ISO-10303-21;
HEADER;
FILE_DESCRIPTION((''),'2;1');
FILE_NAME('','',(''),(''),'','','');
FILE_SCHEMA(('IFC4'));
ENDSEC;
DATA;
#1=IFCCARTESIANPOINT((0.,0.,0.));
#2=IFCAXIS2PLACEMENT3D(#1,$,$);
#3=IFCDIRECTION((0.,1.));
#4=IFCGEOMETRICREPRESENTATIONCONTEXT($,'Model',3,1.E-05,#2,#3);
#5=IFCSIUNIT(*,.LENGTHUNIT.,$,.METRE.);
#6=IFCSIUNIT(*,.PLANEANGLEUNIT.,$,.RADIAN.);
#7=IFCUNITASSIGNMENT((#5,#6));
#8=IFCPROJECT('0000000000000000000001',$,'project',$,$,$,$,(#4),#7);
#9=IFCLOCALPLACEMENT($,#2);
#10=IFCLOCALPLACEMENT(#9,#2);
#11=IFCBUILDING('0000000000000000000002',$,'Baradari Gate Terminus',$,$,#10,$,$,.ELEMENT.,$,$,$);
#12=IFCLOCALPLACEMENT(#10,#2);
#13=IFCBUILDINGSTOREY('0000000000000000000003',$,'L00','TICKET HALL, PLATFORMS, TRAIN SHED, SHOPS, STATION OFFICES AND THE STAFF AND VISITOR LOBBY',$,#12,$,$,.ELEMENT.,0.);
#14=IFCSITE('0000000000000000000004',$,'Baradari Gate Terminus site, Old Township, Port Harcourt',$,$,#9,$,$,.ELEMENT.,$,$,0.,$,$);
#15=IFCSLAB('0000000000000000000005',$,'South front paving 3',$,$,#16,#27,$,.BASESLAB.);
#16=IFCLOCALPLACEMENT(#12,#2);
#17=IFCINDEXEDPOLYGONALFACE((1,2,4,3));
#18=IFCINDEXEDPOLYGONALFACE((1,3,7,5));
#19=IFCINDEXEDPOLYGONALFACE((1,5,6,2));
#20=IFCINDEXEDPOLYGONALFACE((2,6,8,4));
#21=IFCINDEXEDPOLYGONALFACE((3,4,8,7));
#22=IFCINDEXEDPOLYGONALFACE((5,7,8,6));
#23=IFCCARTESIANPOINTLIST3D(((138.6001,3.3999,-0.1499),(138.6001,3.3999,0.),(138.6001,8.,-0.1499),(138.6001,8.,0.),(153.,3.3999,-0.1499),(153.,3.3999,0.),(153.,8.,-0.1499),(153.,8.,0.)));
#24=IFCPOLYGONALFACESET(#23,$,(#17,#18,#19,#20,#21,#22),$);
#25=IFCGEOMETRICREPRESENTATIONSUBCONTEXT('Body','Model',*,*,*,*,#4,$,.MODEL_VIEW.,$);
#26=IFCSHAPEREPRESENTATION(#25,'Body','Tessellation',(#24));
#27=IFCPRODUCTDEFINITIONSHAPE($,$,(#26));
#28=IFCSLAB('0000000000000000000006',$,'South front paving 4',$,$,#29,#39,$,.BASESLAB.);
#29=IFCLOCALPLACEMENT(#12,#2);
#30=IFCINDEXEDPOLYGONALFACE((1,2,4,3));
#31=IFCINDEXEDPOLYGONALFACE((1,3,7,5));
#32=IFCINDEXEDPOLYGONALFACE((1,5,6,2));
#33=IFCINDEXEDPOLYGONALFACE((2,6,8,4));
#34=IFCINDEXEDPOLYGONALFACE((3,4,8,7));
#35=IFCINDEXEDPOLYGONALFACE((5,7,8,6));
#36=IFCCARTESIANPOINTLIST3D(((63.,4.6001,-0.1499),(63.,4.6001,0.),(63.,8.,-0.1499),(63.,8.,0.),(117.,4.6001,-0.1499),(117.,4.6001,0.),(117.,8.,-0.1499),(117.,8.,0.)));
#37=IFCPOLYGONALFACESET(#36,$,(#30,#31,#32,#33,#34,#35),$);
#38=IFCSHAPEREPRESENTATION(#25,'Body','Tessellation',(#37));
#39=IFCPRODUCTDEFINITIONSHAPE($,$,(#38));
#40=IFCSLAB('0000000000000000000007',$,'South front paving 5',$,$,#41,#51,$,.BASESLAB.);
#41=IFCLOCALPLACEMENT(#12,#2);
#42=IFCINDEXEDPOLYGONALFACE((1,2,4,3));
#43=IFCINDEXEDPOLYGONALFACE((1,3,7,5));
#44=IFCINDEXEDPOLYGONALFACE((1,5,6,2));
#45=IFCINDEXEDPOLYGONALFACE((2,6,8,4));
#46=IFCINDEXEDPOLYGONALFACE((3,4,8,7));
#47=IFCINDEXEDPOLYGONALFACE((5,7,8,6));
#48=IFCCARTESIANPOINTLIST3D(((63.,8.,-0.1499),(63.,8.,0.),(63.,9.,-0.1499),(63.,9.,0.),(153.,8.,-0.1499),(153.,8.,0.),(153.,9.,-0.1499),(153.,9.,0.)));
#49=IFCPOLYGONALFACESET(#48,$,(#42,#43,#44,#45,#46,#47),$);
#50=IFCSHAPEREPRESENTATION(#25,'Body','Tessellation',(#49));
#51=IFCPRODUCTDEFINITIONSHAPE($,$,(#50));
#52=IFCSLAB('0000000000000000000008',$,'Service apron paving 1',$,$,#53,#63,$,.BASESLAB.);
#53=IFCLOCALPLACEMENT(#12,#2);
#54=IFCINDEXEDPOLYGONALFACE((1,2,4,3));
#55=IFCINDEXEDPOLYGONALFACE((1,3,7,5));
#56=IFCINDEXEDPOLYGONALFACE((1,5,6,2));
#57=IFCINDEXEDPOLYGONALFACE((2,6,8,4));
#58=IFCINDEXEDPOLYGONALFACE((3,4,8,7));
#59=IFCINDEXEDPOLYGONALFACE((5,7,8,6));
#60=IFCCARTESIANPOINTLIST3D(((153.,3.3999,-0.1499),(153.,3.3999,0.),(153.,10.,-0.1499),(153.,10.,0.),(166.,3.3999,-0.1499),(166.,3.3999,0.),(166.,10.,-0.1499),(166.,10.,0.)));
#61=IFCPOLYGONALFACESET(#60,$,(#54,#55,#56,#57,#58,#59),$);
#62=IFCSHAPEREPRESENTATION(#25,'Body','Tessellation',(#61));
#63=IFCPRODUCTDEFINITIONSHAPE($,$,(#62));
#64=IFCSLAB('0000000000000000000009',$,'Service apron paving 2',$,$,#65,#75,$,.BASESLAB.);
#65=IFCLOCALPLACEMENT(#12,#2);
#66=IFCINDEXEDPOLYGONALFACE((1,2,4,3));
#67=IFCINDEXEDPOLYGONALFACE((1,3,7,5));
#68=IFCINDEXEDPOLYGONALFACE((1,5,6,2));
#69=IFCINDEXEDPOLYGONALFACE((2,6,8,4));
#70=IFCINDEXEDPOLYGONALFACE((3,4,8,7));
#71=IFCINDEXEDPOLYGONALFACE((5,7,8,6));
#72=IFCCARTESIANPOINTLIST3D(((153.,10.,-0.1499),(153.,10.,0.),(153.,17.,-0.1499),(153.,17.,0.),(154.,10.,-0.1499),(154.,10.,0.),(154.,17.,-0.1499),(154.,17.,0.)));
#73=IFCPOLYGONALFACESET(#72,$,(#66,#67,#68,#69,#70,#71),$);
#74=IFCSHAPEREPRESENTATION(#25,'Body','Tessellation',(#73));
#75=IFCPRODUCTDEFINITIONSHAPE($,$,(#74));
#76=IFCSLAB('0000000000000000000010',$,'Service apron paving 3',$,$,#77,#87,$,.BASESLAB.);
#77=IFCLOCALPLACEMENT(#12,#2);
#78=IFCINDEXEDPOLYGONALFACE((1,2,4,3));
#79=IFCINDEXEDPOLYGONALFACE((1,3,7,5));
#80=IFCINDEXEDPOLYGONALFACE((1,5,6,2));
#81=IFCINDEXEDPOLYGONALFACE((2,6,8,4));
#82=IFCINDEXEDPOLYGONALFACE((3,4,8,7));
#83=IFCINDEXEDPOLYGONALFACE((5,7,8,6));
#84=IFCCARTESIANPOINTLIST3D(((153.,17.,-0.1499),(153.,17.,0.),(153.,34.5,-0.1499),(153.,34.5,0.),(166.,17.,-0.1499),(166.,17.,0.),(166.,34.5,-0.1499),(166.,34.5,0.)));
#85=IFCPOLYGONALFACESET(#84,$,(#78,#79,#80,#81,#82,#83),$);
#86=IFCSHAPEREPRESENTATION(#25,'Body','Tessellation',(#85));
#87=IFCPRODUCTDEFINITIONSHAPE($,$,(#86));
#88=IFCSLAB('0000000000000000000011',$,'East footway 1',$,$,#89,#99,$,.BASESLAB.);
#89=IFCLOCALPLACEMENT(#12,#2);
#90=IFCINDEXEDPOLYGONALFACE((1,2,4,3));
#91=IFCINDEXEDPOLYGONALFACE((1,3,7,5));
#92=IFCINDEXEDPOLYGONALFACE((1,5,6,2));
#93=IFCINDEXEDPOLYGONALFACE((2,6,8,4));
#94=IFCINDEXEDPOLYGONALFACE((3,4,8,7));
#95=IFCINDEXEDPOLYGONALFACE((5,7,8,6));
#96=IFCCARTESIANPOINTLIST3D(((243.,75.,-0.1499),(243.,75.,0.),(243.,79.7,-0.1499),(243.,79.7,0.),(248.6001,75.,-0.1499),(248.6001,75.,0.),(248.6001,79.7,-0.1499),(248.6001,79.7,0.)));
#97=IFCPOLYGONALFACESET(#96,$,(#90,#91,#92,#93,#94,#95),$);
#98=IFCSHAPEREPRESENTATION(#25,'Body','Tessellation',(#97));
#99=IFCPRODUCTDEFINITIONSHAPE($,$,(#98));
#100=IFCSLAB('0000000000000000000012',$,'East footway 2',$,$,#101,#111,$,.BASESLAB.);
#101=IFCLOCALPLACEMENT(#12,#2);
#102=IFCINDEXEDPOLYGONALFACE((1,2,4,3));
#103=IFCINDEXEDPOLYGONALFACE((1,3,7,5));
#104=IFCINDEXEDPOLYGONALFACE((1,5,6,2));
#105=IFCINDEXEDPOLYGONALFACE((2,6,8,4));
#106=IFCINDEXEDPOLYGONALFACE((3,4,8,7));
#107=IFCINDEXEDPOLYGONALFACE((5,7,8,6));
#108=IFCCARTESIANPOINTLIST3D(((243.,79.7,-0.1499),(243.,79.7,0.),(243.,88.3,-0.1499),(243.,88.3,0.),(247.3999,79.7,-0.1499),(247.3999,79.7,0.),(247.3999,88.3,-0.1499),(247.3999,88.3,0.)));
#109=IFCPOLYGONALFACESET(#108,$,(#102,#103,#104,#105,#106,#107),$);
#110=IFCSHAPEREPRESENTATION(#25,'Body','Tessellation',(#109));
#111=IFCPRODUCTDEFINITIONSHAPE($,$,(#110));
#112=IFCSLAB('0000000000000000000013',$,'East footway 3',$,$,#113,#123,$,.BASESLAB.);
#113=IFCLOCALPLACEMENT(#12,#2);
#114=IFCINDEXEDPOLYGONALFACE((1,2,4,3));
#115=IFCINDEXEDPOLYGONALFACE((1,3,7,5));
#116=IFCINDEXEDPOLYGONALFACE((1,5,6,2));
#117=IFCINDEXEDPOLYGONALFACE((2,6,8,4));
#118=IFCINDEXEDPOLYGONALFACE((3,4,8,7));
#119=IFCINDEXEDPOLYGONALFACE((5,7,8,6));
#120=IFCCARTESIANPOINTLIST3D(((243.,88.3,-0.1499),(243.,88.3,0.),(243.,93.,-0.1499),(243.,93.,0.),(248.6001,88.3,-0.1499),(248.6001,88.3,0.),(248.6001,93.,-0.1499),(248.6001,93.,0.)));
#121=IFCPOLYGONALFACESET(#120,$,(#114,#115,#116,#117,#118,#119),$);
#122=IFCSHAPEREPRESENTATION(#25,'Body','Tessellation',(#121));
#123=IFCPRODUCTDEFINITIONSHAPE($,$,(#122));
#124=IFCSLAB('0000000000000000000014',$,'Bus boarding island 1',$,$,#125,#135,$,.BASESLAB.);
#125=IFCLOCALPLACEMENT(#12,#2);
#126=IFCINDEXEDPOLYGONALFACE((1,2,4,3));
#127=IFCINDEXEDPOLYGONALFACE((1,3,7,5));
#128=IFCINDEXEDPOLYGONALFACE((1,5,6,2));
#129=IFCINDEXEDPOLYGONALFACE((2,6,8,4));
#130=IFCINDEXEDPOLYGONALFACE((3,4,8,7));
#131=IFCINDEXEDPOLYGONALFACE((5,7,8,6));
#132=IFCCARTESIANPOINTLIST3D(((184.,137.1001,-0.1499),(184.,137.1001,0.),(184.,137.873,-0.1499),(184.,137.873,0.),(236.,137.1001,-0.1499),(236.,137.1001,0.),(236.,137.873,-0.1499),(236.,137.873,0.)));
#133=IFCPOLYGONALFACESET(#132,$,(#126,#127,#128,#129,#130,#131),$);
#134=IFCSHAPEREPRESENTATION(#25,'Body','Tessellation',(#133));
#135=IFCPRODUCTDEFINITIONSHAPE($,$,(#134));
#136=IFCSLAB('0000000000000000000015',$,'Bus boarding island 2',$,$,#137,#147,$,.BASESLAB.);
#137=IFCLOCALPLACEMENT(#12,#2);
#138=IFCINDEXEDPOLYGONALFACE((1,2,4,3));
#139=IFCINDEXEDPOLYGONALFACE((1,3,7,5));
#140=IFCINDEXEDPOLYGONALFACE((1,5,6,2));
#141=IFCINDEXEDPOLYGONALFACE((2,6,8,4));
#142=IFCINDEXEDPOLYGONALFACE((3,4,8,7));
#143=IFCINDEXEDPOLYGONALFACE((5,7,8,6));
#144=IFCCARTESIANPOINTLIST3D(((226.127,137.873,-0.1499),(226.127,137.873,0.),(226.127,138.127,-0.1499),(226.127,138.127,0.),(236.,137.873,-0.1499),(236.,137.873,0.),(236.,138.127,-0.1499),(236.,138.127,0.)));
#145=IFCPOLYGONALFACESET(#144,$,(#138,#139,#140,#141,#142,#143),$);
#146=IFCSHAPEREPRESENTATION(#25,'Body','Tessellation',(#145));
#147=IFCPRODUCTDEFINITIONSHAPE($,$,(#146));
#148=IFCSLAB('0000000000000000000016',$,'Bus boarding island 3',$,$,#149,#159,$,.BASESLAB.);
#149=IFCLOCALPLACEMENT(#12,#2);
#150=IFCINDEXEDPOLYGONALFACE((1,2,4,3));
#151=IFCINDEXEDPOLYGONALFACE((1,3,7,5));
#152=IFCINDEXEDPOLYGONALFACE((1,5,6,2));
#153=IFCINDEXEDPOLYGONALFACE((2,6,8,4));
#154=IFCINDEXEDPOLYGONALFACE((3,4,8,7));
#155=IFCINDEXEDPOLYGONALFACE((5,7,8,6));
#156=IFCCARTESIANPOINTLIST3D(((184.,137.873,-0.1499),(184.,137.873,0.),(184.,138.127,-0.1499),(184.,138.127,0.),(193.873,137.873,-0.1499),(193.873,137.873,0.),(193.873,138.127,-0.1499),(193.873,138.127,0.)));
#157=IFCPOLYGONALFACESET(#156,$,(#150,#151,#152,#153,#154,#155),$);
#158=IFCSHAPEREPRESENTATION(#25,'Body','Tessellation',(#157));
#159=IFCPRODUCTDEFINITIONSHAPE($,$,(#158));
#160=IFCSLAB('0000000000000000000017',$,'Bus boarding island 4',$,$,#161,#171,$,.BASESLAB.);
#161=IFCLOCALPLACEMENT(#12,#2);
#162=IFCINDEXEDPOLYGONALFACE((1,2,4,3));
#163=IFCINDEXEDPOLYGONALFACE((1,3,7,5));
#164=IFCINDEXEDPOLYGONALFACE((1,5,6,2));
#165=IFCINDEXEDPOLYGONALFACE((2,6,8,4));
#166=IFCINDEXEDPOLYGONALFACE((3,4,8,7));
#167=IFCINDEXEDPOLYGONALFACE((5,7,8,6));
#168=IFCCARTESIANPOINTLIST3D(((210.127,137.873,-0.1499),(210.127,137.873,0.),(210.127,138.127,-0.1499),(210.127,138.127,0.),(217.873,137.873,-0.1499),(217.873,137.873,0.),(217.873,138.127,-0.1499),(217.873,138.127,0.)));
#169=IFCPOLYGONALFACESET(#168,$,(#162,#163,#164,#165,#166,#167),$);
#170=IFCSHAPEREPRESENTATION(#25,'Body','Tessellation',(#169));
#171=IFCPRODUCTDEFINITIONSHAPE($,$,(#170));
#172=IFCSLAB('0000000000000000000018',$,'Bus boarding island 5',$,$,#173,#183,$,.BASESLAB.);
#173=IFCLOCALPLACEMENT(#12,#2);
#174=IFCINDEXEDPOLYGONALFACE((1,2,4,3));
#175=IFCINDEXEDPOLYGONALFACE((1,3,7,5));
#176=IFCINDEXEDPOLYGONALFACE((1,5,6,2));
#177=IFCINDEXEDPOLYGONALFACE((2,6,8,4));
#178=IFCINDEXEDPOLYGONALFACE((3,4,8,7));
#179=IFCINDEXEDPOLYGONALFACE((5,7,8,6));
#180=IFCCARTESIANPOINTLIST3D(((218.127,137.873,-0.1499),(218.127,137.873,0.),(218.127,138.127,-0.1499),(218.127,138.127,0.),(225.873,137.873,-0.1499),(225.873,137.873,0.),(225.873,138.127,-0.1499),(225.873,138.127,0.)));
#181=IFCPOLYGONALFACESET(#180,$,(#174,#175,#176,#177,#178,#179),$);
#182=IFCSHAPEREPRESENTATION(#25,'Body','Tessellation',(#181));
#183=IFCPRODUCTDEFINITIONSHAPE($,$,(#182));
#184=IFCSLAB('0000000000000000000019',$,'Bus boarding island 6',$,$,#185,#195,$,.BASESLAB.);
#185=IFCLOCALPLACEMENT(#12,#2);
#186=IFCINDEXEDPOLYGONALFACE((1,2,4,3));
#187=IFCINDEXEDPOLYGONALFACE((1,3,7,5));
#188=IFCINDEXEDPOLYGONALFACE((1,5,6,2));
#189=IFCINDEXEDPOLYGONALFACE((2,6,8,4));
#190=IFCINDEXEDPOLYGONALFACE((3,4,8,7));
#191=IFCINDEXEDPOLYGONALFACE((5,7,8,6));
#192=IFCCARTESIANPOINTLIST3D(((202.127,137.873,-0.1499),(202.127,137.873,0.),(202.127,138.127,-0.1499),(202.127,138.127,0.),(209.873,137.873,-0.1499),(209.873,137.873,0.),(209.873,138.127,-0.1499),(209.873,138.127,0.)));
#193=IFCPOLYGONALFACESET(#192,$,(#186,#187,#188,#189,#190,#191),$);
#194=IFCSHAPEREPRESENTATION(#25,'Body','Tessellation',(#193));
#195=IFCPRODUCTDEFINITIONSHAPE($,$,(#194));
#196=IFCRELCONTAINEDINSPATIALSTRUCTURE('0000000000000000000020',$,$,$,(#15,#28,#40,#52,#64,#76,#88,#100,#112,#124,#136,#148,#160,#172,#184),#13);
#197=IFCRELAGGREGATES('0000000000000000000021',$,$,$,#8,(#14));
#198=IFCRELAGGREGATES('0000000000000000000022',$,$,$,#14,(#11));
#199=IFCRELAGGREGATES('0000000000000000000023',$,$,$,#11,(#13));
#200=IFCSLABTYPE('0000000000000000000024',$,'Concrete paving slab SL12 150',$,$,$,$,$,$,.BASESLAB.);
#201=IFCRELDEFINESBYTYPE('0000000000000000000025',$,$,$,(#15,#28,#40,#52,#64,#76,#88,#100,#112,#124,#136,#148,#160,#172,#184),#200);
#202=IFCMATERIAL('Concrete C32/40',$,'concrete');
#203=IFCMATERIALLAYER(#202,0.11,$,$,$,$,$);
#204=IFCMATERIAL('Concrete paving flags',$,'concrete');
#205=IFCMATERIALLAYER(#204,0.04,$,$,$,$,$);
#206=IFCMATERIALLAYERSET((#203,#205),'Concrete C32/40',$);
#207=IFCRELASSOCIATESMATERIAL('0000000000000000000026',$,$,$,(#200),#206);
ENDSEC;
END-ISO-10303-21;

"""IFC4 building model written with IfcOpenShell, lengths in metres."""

from ifc_helpers import new_model, si_unit, direction, frame, origin, place, context, subcontext, project, spatial, polyline, outline, extrude, material, layer, layer_set, type_object, element, save


model = new_model("IFC4")

# Units and contexts
model_context = context("Model", 3, precision=1e-05, world=origin(), true_north=direction((0.0, 1.0)))
body_context = subcontext(model_context, "Body", "Model", "MODEL_VIEW")
ifc_project = project(units=[si_unit("LENGTHUNIT", "METRE"), si_unit("PLANEANGLEUNIT", "RADIAN")], contexts=[model_context])

# Site, building, storey
site_placement = place(None, origin())
site = spatial("IfcSite", under=ifc_project, at=site_placement, Name="Baradari Gate Terminus site, Old Township, Port Harcourt", CompositionType="ELEMENT", RefElevation=0.0)
building_placement = place(site_placement, origin())
building = spatial("IfcBuilding", under=site, at=building_placement, Name="Baradari Gate Terminus", CompositionType="ELEMENT")
storey_placement = place(building_placement, origin())
storey = spatial("IfcBuildingStorey", under=building, at=storey_placement, Name="L00", Description="TICKET HALL, PLATFORMS, TRAIN SHED, SHOPS, STATION OFFICES AND THE STAFF AND VISITOR LOBBY", CompositionType="ELEMENT", Elevation=0.0)

# Slabs
ifc_material_1 = material(Name="Concrete C32/40", Category="concrete")
ifc_layer_1 = layer(ifc_material_1, 0.11)
ifc_material_2 = material(Name="Concrete paving flags", Category="concrete")
ifc_layer_2 = layer(ifc_material_2, 0.04)
ifc_layer_set = layer_set([ifc_layer_1, ifc_layer_2], Name="Concrete C32/40")
slab_type = type_object("IfcSlabType", Name="Concrete paving slab SL12 150", PredefinedType="BASESLAB", material=ifc_layer_set)
slab_1_placement = place(storey_placement, frame((0.0, 0.0, -0.1499)))
element("IfcSlab", 1, at=slab_1_placement, inside=storey, type_object=slab_type, Name="South front paving 3", PredefinedType="BASESLAB", context=body_context, shape_type="SweptSolid", body=[
    extrude(outline(polyline([(153.0, 3.3999), (153.0, 8.0), (138.6001, 8.0), (138.6001, 3.3999), (153.0, 3.3999)])), origin(), (0.0, 0.0, 1.0), 0.1499),
])
slab_2_placement = place(storey_placement, frame((0.0, 0.0, -0.1499)))
element("IfcSlab", 2, at=slab_2_placement, inside=storey, type_object=slab_type, Name="South front paving 4", PredefinedType="BASESLAB", context=body_context, shape_type="SweptSolid", body=[
    extrude(outline(polyline([(117.0, 4.6001), (117.0, 8.0), (63.0, 8.0), (63.0, 4.6001), (117.0, 4.6001)])), origin(), (0.0, 0.0, 1.0), 0.1499),
])
slab_3_placement = place(storey_placement, frame((0.0, 0.0, -0.1499)))
element("IfcSlab", 3, at=slab_3_placement, inside=storey, type_object=slab_type, Name="South front paving 5", PredefinedType="BASESLAB", context=body_context, shape_type="SweptSolid", body=[
    extrude(outline(polyline([(153.0, 8.0), (153.0, 9.0), (63.0, 9.0), (63.0, 8.0), (153.0, 8.0)])), origin(), (0.0, 0.0, 1.0), 0.1499),
])
slab_4_placement = place(storey_placement, frame((0.0, 0.0, -0.1499)))
element("IfcSlab", 4, at=slab_4_placement, inside=storey, type_object=slab_type, Name="Service apron paving 1", PredefinedType="BASESLAB", context=body_context, shape_type="SweptSolid", body=[
    extrude(outline(polyline([(166.0, 3.3999), (166.0, 10.0), (153.0, 10.0), (153.0, 3.3999), (166.0, 3.3999)])), origin(), (0.0, 0.0, 1.0), 0.1499),
])
slab_5_placement = place(storey_placement, frame((0.0, 0.0, -0.1499)))
element("IfcSlab", 5, at=slab_5_placement, inside=storey, type_object=slab_type, Name="Service apron paving 2", PredefinedType="BASESLAB", context=body_context, shape_type="SweptSolid", body=[
    extrude(outline(polyline([(154.0, 10.0), (154.0, 17.0), (153.0, 17.0), (153.0, 10.0), (154.0, 10.0)])), origin(), (0.0, 0.0, 1.0), 0.1499),
])
slab_6_placement = place(storey_placement, frame((0.0, 0.0, -0.1499)))
element("IfcSlab", 6, at=slab_6_placement, inside=storey, type_object=slab_type, Name="Service apron paving 3", PredefinedType="BASESLAB", context=body_context, shape_type="SweptSolid", body=[
    extrude(outline(polyline([(166.0, 17.0), (166.0, 34.5), (153.0, 34.5), (153.0, 17.0), (166.0, 17.0)])), origin(), (0.0, 0.0, 1.0), 0.1499),
])
slab_7_placement = place(storey_placement, frame((0.0, 0.0, -0.1499)))
element("IfcSlab", 7, at=slab_7_placement, inside=storey, type_object=slab_type, Name="East footway 1", PredefinedType="BASESLAB", context=body_context, shape_type="SweptSolid", body=[
    extrude(outline(polyline([(248.6001, 75.0), (248.6001, 79.7), (243.0, 79.7), (243.0, 75.0), (248.6001, 75.0)])), origin(), (0.0, 0.0, 1.0), 0.1499),
])
slab_8_placement = place(storey_placement, frame((0.0, 0.0, -0.1499)))
element("IfcSlab", 8, at=slab_8_placement, inside=storey, type_object=slab_type, Name="East footway 2", PredefinedType="BASESLAB", context=body_context, shape_type="SweptSolid", body=[
    extrude(outline(polyline([(247.3999, 79.7), (247.3999, 88.3), (243.0, 88.3), (243.0, 79.7), (247.3999, 79.7)])), origin(), (0.0, 0.0, 1.0), 0.1499),
])
slab_9_placement = place(storey_placement, frame((0.0, 0.0, -0.1499)))
element("IfcSlab", 9, at=slab_9_placement, inside=storey, type_object=slab_type, Name="East footway 3", PredefinedType="BASESLAB", context=body_context, shape_type="SweptSolid", body=[
    extrude(outline(polyline([(248.6001, 88.3), (248.6001, 93.0), (243.0, 93.0), (243.0, 88.3), (248.6001, 88.3)])), origin(), (0.0, 0.0, 1.0), 0.1499),
])
slab_10_placement = place(storey_placement, frame((0.0, 0.0, -0.1499)))
element("IfcSlab", 10, at=slab_10_placement, inside=storey, type_object=slab_type, Name="Bus boarding island 1", PredefinedType="BASESLAB", context=body_context, shape_type="SweptSolid", body=[
    extrude(outline(polyline([(236.0, 137.1001), (236.0, 137.873), (184.0, 137.873), (184.0, 137.1001), (236.0, 137.1001)])), origin(), (0.0, 0.0, 1.0), 0.1499),
])
slab_11_placement = place(storey_placement, frame((0.0, 0.0, -0.1499)))
element("IfcSlab", 11, at=slab_11_placement, inside=storey, type_object=slab_type, Name="Bus boarding island 2", PredefinedType="BASESLAB", context=body_context, shape_type="SweptSolid", body=[
    extrude(outline(polyline([(236.0, 137.873), (236.0, 138.127), (226.127, 138.127), (226.127, 137.873), (236.0, 137.873)])), origin(), (0.0, 0.0, 1.0), 0.1499),
])
slab_12_placement = place(storey_placement, frame((0.0, 0.0, -0.1499)))
element("IfcSlab", 12, at=slab_12_placement, inside=storey, type_object=slab_type, Name="Bus boarding island 3", PredefinedType="BASESLAB", context=body_context, shape_type="SweptSolid", body=[
    extrude(outline(polyline([(193.873, 137.873), (193.873, 138.127), (184.0, 138.127), (184.0, 137.873), (193.873, 137.873)])), origin(), (0.0, 0.0, 1.0), 0.1499),
])
slab_13_placement = place(storey_placement, frame((0.0, 0.0, -0.1499)))
element("IfcSlab", 13, at=slab_13_placement, inside=storey, type_object=slab_type, Name="Bus boarding island 4", PredefinedType="BASESLAB", context=body_context, shape_type="SweptSolid", body=[
    extrude(outline(polyline([(217.873, 137.873), (217.873, 138.127), (210.127, 138.127), (210.127, 137.873), (217.873, 137.873)])), origin(), (0.0, 0.0, 1.0), 0.1499),
])
slab_14_placement = place(storey_placement, frame((0.0, 0.0, -0.1499)))
element("IfcSlab", 14, at=slab_14_placement, inside=storey, type_object=slab_type, Name="Bus boarding island 5", PredefinedType="BASESLAB", context=body_context, shape_type="SweptSolid", body=[
    extrude(outline(polyline([(225.873, 137.873), (225.873, 138.127), (218.127, 138.127), (218.127, 137.873), (225.873, 137.873)])), origin(), (0.0, 0.0, 1.0), 0.1499),
])
slab_15_placement = place(storey_placement, frame((0.0, 0.0, -0.1499)))
element("IfcSlab", 15, at=slab_15_placement, inside=storey, type_object=slab_type, Name="Bus boarding island 6", PredefinedType="BASESLAB", context=body_context, shape_type="SweptSolid", body=[
    extrude(outline(polyline([(209.873, 137.873), (209.873, 138.127), (202.127, 138.127), (202.127, 137.873), (209.873, 137.873)])), origin(), (0.0, 0.0, 1.0), 0.1499),
])

save(model, "model.ifc")
